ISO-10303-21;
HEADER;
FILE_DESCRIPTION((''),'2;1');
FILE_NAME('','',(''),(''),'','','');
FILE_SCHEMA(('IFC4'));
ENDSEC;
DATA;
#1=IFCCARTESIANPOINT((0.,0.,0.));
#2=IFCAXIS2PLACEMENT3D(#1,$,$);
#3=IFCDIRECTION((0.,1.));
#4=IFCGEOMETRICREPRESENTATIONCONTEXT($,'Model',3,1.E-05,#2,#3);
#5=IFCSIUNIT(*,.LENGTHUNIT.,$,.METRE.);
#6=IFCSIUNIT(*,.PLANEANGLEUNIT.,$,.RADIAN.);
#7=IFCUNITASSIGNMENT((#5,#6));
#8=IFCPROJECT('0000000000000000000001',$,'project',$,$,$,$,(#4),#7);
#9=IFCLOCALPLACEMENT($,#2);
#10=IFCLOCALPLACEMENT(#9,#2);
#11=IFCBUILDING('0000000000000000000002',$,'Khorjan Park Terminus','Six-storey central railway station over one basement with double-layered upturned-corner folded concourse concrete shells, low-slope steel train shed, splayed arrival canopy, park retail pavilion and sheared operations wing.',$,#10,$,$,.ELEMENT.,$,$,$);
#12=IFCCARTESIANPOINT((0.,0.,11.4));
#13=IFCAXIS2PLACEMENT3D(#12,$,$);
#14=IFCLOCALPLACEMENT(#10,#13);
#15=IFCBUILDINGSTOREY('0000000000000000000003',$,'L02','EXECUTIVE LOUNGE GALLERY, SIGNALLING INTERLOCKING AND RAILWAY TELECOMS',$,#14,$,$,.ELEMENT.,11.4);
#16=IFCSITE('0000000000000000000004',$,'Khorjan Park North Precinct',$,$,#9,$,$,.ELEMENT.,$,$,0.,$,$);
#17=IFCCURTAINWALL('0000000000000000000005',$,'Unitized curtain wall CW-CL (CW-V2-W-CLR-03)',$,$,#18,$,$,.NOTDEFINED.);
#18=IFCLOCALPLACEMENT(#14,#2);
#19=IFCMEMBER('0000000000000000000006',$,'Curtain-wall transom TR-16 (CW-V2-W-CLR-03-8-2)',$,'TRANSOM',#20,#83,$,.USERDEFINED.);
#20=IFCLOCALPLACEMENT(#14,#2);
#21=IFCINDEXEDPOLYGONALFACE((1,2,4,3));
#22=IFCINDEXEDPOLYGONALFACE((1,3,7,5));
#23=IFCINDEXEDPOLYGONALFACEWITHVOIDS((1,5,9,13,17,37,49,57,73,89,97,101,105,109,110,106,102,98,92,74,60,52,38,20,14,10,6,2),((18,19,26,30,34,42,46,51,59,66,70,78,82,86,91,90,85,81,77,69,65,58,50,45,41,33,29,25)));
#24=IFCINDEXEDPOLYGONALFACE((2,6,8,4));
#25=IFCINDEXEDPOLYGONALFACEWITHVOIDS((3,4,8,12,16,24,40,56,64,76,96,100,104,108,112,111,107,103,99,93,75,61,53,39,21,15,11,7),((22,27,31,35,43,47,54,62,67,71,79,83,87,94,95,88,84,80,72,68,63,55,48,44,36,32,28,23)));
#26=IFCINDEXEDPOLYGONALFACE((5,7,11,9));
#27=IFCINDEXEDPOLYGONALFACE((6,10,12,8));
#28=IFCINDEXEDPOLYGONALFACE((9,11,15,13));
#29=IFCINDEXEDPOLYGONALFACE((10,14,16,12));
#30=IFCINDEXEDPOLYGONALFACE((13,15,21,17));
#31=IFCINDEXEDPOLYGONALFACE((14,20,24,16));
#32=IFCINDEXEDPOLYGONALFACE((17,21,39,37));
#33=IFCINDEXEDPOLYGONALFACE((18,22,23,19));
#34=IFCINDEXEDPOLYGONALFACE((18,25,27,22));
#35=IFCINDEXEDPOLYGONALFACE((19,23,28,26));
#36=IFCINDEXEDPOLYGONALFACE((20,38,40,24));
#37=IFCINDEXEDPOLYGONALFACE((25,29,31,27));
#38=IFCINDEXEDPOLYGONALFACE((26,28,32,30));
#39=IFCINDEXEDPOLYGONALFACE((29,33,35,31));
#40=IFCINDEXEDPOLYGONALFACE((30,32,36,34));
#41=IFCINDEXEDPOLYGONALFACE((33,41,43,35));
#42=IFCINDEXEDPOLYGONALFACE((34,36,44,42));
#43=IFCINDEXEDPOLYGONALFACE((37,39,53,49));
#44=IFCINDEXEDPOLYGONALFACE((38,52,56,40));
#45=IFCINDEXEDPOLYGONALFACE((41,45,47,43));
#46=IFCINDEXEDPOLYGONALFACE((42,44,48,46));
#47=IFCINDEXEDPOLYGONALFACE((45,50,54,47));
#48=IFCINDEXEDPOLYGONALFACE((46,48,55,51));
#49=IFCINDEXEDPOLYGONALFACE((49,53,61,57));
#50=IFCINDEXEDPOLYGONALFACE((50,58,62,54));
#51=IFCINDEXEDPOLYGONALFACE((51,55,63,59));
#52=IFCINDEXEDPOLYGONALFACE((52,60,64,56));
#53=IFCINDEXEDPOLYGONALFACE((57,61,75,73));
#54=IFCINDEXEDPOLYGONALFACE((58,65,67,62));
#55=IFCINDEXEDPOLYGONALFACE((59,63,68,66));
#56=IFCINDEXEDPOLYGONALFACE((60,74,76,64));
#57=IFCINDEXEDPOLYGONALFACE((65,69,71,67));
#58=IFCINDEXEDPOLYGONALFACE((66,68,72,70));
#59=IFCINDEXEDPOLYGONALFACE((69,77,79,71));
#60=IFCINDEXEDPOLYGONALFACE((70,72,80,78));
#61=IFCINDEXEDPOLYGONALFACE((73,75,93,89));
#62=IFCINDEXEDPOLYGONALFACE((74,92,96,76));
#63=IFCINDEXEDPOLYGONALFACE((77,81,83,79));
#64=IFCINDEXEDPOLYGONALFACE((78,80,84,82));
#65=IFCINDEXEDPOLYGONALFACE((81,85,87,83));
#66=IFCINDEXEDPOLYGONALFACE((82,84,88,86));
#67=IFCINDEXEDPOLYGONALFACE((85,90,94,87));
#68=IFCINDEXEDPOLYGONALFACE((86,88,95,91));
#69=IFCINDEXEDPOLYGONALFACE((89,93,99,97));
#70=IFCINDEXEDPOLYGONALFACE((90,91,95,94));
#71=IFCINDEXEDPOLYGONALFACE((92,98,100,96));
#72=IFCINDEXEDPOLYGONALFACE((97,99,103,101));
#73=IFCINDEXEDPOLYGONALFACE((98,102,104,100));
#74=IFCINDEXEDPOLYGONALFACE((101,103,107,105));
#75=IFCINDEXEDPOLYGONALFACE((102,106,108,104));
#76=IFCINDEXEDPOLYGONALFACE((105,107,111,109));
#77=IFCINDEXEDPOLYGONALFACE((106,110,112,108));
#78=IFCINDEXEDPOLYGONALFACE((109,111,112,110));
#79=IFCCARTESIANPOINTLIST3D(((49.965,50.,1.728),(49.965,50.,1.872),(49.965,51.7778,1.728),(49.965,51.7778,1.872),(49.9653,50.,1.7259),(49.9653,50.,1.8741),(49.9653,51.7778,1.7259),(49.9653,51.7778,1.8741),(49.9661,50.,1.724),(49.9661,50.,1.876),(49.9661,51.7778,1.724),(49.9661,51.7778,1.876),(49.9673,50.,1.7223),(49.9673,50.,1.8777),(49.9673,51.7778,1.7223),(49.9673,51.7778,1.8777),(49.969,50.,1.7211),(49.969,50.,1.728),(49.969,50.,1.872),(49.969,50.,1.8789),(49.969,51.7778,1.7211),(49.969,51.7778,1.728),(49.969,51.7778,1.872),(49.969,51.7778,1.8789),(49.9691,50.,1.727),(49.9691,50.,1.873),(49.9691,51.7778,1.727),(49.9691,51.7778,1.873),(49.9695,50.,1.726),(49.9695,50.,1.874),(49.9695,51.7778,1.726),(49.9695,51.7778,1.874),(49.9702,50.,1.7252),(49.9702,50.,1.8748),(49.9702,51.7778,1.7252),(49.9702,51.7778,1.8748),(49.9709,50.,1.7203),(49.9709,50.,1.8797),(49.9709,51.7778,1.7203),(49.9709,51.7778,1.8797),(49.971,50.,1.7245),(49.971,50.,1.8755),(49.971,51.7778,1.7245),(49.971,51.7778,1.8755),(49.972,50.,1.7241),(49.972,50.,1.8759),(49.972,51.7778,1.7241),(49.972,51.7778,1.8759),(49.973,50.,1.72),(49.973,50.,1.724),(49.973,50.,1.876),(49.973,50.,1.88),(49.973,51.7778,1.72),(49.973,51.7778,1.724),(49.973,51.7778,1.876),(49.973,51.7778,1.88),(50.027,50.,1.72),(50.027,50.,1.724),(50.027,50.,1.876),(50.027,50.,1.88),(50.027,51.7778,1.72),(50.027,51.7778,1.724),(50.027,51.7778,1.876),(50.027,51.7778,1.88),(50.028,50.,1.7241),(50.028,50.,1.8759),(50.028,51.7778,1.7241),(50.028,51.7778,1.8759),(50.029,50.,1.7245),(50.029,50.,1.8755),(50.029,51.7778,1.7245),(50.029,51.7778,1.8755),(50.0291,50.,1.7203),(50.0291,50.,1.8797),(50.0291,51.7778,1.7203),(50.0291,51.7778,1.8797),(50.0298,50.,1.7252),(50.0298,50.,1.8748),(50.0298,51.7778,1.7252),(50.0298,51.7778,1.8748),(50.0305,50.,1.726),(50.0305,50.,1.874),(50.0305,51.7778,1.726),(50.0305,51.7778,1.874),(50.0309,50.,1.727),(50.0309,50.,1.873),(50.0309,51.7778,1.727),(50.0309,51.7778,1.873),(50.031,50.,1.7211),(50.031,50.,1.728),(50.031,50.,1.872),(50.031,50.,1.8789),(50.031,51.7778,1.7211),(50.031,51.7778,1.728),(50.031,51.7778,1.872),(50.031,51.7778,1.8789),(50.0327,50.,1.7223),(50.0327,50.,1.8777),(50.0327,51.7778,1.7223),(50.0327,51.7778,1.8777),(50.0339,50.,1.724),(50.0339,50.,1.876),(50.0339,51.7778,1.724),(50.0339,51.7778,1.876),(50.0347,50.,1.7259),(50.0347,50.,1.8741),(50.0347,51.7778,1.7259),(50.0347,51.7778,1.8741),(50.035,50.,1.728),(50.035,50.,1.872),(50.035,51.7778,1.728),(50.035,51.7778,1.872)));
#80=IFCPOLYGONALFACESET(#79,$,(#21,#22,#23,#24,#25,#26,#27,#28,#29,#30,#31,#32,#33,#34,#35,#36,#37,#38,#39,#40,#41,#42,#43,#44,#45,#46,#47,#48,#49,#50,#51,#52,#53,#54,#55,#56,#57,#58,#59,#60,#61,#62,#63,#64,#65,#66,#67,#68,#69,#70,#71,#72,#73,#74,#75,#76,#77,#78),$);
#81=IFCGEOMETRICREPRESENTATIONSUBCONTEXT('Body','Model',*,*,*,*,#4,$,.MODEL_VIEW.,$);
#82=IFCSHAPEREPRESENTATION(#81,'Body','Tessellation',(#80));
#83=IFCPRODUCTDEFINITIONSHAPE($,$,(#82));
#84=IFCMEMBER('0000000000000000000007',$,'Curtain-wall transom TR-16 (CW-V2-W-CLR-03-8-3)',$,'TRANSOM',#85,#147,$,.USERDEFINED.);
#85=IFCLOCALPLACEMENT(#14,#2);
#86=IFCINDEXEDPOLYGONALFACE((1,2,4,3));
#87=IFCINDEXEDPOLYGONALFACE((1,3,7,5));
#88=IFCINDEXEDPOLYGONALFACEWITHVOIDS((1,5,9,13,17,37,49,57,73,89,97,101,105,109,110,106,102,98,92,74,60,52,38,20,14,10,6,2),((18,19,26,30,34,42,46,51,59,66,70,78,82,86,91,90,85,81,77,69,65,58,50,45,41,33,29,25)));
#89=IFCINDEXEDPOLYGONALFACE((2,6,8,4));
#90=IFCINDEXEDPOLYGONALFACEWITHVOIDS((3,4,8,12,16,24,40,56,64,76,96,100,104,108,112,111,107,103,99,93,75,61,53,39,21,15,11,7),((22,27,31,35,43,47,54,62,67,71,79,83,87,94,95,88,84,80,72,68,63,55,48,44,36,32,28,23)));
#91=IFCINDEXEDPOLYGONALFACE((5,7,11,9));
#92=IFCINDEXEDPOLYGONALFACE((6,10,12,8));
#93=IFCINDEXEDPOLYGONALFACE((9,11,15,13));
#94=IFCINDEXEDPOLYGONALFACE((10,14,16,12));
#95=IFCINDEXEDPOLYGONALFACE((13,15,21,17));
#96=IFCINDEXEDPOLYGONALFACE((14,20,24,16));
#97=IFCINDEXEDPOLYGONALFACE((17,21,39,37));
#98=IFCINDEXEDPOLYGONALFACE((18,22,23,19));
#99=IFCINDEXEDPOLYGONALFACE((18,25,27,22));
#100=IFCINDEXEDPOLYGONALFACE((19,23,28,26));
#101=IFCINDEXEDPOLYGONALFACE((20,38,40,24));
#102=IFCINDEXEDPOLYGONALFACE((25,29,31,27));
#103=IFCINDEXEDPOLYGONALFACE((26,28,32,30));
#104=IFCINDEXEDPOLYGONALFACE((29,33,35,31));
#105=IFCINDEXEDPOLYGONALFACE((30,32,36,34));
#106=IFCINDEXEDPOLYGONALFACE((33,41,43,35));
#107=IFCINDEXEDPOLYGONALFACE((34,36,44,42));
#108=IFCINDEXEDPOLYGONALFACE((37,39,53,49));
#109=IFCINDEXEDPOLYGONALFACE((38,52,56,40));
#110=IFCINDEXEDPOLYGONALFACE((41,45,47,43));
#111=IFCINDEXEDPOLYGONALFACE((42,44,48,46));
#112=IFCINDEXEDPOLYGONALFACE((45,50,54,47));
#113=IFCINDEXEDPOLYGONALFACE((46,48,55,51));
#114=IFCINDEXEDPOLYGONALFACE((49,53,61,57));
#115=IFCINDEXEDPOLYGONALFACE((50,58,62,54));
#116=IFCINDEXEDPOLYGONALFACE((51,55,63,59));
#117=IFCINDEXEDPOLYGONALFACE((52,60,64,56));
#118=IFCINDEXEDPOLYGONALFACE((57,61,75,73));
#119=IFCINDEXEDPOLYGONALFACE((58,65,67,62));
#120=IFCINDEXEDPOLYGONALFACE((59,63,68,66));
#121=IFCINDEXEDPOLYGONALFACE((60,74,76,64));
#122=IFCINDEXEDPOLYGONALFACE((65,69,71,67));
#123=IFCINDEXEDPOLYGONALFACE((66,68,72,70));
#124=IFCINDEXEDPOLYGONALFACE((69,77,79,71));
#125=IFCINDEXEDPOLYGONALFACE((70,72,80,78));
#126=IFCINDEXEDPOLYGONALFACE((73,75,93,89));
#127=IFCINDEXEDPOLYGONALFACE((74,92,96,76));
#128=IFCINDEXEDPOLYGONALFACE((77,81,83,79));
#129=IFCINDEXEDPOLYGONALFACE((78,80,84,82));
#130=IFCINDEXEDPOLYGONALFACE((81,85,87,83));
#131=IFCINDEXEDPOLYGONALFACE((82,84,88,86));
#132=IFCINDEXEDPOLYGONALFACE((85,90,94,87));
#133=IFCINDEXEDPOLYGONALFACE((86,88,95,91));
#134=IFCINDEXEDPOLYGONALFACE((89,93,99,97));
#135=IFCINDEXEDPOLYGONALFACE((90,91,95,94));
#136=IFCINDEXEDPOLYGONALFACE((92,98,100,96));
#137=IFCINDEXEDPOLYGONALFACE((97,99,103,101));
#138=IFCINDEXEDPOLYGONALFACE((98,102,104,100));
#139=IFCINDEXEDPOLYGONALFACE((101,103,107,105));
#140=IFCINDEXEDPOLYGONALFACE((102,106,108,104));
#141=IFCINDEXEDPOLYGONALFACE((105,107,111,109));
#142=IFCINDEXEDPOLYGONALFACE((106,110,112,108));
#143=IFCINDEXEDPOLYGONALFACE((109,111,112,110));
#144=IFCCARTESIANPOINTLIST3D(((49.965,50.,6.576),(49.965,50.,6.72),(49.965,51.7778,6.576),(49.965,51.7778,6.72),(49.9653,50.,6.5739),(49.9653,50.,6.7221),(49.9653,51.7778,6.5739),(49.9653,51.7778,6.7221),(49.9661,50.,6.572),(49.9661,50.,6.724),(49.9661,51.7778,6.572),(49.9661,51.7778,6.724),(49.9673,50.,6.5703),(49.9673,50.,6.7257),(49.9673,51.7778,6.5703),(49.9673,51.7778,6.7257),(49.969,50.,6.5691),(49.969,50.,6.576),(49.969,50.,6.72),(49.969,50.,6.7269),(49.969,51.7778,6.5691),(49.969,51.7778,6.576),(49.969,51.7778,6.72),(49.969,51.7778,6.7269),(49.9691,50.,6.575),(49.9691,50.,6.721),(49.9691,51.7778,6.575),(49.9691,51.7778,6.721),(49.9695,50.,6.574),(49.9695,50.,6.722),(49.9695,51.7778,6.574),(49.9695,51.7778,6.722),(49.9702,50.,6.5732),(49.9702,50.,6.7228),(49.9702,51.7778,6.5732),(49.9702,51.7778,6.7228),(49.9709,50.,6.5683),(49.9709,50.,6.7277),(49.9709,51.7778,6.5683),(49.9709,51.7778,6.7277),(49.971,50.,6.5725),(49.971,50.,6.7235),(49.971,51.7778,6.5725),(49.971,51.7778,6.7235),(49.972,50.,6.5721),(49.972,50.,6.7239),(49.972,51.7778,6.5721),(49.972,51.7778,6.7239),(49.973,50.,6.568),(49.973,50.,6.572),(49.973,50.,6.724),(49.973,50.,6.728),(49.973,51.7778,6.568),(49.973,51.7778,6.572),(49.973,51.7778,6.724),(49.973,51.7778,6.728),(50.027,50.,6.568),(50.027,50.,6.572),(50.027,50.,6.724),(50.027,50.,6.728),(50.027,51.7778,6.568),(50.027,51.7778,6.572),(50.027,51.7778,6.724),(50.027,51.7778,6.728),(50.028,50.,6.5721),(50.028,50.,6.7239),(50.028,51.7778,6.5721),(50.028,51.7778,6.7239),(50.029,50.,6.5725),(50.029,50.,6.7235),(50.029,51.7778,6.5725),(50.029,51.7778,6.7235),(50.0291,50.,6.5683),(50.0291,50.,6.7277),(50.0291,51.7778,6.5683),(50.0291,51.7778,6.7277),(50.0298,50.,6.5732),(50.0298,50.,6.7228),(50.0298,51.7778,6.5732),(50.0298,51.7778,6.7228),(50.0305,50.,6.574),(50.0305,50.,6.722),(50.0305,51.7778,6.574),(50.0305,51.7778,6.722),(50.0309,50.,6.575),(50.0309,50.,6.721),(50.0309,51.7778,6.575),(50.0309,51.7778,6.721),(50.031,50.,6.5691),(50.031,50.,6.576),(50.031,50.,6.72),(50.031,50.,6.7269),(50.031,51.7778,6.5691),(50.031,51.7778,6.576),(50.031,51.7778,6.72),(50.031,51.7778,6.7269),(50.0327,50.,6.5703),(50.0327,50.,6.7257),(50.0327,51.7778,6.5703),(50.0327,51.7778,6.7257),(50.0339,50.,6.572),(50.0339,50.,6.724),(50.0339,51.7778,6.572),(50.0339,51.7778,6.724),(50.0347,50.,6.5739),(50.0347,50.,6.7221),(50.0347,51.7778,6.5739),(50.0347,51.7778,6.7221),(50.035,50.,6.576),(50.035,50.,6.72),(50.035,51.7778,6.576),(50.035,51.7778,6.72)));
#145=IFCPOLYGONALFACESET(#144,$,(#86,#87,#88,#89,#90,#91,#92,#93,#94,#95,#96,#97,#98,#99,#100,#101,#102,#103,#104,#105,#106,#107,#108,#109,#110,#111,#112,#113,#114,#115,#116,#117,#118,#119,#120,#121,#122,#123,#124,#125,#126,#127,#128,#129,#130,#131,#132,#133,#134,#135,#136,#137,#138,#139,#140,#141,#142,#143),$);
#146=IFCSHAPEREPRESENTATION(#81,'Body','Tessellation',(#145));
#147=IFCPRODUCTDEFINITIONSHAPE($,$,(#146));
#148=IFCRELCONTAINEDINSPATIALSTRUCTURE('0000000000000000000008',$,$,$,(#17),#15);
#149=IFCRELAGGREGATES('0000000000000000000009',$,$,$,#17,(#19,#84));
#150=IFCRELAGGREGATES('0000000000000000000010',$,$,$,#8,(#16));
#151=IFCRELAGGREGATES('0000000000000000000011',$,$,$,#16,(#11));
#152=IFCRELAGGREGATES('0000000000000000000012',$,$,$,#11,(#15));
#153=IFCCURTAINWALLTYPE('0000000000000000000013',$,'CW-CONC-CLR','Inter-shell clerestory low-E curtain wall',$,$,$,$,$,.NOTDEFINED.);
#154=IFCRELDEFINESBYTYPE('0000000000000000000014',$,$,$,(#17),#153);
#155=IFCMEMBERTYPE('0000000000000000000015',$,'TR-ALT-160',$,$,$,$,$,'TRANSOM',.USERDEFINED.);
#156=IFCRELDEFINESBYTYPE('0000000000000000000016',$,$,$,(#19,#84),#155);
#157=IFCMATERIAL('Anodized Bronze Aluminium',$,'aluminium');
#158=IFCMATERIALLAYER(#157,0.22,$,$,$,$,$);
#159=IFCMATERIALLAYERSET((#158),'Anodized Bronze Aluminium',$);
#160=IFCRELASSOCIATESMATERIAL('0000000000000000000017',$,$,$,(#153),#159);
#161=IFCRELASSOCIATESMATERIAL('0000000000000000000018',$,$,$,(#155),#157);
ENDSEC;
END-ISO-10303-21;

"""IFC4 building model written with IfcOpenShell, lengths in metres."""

from ifc_helpers import new_model, si_unit, direction, frame, origin, origin_2d, place, context, subcontext, project, spatial, hollow_rectangle, extrude, material, layer, layer_set, material_profile, profile_set, type_object, element, aggregate, save


model = new_model("IFC4")

# Units and contexts
model_context = context("Model", 3, precision=1e-05, world=origin(), true_north=direction((0.0, 1.0)))
body_context = subcontext(model_context, "Body", "Model", "MODEL_VIEW")
ifc_project = project(units=[si_unit("LENGTHUNIT", "METRE"), si_unit("PLANEANGLEUNIT", "RADIAN")], contexts=[model_context])

# Site, building, storey
site_placement = place(None, origin())
site = spatial("IfcSite", under=ifc_project, at=site_placement, Name="Khorjan Park North Precinct", CompositionType="ELEMENT", RefElevation=0.0)
building_placement = place(site_placement, origin())
building = spatial("IfcBuilding", under=site, at=building_placement, Name="Khorjan Park Terminus", Description="Six-storey central railway station over one basement with double-layered upturned-corner folded concourse concrete shells, low-slope steel train shed, splayed arrival canopy, park retail pavilion and sheared operations wing.", CompositionType="ELEMENT")
storey_placement = place(building_placement, frame((0.0, 0.0, 11.4)))
storey = spatial("IfcBuildingStorey", under=building, at=storey_placement, Name="L02", Description="EXECUTIVE LOUNGE GALLERY, SIGNALLING INTERLOCKING AND RAILWAY TELECOMS", CompositionType="ELEMENT", Elevation=11.4)

# Curtain wall, members
ifc_material_1 = material(Name="Anodized Bronze Aluminium", Category="aluminium")
ifc_layer_1 = layer(ifc_material_1, 0.22)
ifc_layer_set_1 = layer_set([ifc_layer_1], Name="Anodized Bronze Aluminium")
curtain_wall_type = type_object("IfcCurtainWallType", Name="CW-CONC-CLR", Description="Inter-shell clerestory low-E curtain wall", PredefinedType="NOTDEFINED", material=ifc_layer_set_1)
curtain_wall_placement = place(storey_placement, origin())
curtain_wall = element("IfcCurtainWall", 1, at=curtain_wall_placement, inside=storey, type_object=curtain_wall_type, Name="Unitized curtain wall CW-CL (CW-V2-W-CLR-03)", PredefinedType="NOTDEFINED")
ifc_material_profile_1 = material_profile(ifc_material_1, hollow_rectangle(XDim=0.07, YDim=0.16, WallThickness=0.004, InnerFilletRadius=0.004, OuterFilletRadius=0.008, at=origin_2d()), Name="ALT 70x160x4")
ifc_profile_set_1 = profile_set([ifc_material_profile_1], Name="Anodized Bronze Aluminium")
member_type_1 = type_object("IfcMemberType", Name="TR-ALT-160", ElementType="TRANSOM", PredefinedType="USERDEFINED", material=ifc_profile_set_1)
member_1_placement = place(storey_placement, frame((50.0, 51.7778, 1.8), z_axis=(0.0, -1.0, 0.0), x_axis=(1.0, 0.0, 0.0)))
member_1 = element("IfcMember", 2, at=member_1_placement, type_object=member_type_1, Name="Curtain-wall transom TR-16 (CW-V2-W-CLR-03-8-2)", ObjectType="TRANSOM", PredefinedType="USERDEFINED", context=body_context, shape_type="SweptSolid", body=[
    extrude(hollow_rectangle(XDim=0.07, YDim=0.16, WallThickness=0.004, InnerFilletRadius=0.004, OuterFilletRadius=0.008, at=origin_2d()), origin(), (0.0, 0.0, 1.0), 1.7778),
])
member_2_placement = place(storey_placement, frame((50.0, 51.7778, 6.648), z_axis=(0.0, -1.0, 0.0), x_axis=(1.0, 0.0, 0.0)))
member_2 = element("IfcMember", 3, at=member_2_placement, type_object=member_type_1, Name="Curtain-wall transom TR-16 (CW-V2-W-CLR-03-8-3)", ObjectType="TRANSOM", PredefinedType="USERDEFINED", context=body_context, shape_type="SweptSolid", body=[
    extrude(hollow_rectangle(XDim=0.07, YDim=0.16, WallThickness=0.004, InnerFilletRadius=0.004, OuterFilletRadius=0.008, at=origin_2d()), origin(), (0.0, 0.0, 1.0), 1.7778),
])

aggregate(curtain_wall, [member_1, member_2])

save(model, "model.ifc")
